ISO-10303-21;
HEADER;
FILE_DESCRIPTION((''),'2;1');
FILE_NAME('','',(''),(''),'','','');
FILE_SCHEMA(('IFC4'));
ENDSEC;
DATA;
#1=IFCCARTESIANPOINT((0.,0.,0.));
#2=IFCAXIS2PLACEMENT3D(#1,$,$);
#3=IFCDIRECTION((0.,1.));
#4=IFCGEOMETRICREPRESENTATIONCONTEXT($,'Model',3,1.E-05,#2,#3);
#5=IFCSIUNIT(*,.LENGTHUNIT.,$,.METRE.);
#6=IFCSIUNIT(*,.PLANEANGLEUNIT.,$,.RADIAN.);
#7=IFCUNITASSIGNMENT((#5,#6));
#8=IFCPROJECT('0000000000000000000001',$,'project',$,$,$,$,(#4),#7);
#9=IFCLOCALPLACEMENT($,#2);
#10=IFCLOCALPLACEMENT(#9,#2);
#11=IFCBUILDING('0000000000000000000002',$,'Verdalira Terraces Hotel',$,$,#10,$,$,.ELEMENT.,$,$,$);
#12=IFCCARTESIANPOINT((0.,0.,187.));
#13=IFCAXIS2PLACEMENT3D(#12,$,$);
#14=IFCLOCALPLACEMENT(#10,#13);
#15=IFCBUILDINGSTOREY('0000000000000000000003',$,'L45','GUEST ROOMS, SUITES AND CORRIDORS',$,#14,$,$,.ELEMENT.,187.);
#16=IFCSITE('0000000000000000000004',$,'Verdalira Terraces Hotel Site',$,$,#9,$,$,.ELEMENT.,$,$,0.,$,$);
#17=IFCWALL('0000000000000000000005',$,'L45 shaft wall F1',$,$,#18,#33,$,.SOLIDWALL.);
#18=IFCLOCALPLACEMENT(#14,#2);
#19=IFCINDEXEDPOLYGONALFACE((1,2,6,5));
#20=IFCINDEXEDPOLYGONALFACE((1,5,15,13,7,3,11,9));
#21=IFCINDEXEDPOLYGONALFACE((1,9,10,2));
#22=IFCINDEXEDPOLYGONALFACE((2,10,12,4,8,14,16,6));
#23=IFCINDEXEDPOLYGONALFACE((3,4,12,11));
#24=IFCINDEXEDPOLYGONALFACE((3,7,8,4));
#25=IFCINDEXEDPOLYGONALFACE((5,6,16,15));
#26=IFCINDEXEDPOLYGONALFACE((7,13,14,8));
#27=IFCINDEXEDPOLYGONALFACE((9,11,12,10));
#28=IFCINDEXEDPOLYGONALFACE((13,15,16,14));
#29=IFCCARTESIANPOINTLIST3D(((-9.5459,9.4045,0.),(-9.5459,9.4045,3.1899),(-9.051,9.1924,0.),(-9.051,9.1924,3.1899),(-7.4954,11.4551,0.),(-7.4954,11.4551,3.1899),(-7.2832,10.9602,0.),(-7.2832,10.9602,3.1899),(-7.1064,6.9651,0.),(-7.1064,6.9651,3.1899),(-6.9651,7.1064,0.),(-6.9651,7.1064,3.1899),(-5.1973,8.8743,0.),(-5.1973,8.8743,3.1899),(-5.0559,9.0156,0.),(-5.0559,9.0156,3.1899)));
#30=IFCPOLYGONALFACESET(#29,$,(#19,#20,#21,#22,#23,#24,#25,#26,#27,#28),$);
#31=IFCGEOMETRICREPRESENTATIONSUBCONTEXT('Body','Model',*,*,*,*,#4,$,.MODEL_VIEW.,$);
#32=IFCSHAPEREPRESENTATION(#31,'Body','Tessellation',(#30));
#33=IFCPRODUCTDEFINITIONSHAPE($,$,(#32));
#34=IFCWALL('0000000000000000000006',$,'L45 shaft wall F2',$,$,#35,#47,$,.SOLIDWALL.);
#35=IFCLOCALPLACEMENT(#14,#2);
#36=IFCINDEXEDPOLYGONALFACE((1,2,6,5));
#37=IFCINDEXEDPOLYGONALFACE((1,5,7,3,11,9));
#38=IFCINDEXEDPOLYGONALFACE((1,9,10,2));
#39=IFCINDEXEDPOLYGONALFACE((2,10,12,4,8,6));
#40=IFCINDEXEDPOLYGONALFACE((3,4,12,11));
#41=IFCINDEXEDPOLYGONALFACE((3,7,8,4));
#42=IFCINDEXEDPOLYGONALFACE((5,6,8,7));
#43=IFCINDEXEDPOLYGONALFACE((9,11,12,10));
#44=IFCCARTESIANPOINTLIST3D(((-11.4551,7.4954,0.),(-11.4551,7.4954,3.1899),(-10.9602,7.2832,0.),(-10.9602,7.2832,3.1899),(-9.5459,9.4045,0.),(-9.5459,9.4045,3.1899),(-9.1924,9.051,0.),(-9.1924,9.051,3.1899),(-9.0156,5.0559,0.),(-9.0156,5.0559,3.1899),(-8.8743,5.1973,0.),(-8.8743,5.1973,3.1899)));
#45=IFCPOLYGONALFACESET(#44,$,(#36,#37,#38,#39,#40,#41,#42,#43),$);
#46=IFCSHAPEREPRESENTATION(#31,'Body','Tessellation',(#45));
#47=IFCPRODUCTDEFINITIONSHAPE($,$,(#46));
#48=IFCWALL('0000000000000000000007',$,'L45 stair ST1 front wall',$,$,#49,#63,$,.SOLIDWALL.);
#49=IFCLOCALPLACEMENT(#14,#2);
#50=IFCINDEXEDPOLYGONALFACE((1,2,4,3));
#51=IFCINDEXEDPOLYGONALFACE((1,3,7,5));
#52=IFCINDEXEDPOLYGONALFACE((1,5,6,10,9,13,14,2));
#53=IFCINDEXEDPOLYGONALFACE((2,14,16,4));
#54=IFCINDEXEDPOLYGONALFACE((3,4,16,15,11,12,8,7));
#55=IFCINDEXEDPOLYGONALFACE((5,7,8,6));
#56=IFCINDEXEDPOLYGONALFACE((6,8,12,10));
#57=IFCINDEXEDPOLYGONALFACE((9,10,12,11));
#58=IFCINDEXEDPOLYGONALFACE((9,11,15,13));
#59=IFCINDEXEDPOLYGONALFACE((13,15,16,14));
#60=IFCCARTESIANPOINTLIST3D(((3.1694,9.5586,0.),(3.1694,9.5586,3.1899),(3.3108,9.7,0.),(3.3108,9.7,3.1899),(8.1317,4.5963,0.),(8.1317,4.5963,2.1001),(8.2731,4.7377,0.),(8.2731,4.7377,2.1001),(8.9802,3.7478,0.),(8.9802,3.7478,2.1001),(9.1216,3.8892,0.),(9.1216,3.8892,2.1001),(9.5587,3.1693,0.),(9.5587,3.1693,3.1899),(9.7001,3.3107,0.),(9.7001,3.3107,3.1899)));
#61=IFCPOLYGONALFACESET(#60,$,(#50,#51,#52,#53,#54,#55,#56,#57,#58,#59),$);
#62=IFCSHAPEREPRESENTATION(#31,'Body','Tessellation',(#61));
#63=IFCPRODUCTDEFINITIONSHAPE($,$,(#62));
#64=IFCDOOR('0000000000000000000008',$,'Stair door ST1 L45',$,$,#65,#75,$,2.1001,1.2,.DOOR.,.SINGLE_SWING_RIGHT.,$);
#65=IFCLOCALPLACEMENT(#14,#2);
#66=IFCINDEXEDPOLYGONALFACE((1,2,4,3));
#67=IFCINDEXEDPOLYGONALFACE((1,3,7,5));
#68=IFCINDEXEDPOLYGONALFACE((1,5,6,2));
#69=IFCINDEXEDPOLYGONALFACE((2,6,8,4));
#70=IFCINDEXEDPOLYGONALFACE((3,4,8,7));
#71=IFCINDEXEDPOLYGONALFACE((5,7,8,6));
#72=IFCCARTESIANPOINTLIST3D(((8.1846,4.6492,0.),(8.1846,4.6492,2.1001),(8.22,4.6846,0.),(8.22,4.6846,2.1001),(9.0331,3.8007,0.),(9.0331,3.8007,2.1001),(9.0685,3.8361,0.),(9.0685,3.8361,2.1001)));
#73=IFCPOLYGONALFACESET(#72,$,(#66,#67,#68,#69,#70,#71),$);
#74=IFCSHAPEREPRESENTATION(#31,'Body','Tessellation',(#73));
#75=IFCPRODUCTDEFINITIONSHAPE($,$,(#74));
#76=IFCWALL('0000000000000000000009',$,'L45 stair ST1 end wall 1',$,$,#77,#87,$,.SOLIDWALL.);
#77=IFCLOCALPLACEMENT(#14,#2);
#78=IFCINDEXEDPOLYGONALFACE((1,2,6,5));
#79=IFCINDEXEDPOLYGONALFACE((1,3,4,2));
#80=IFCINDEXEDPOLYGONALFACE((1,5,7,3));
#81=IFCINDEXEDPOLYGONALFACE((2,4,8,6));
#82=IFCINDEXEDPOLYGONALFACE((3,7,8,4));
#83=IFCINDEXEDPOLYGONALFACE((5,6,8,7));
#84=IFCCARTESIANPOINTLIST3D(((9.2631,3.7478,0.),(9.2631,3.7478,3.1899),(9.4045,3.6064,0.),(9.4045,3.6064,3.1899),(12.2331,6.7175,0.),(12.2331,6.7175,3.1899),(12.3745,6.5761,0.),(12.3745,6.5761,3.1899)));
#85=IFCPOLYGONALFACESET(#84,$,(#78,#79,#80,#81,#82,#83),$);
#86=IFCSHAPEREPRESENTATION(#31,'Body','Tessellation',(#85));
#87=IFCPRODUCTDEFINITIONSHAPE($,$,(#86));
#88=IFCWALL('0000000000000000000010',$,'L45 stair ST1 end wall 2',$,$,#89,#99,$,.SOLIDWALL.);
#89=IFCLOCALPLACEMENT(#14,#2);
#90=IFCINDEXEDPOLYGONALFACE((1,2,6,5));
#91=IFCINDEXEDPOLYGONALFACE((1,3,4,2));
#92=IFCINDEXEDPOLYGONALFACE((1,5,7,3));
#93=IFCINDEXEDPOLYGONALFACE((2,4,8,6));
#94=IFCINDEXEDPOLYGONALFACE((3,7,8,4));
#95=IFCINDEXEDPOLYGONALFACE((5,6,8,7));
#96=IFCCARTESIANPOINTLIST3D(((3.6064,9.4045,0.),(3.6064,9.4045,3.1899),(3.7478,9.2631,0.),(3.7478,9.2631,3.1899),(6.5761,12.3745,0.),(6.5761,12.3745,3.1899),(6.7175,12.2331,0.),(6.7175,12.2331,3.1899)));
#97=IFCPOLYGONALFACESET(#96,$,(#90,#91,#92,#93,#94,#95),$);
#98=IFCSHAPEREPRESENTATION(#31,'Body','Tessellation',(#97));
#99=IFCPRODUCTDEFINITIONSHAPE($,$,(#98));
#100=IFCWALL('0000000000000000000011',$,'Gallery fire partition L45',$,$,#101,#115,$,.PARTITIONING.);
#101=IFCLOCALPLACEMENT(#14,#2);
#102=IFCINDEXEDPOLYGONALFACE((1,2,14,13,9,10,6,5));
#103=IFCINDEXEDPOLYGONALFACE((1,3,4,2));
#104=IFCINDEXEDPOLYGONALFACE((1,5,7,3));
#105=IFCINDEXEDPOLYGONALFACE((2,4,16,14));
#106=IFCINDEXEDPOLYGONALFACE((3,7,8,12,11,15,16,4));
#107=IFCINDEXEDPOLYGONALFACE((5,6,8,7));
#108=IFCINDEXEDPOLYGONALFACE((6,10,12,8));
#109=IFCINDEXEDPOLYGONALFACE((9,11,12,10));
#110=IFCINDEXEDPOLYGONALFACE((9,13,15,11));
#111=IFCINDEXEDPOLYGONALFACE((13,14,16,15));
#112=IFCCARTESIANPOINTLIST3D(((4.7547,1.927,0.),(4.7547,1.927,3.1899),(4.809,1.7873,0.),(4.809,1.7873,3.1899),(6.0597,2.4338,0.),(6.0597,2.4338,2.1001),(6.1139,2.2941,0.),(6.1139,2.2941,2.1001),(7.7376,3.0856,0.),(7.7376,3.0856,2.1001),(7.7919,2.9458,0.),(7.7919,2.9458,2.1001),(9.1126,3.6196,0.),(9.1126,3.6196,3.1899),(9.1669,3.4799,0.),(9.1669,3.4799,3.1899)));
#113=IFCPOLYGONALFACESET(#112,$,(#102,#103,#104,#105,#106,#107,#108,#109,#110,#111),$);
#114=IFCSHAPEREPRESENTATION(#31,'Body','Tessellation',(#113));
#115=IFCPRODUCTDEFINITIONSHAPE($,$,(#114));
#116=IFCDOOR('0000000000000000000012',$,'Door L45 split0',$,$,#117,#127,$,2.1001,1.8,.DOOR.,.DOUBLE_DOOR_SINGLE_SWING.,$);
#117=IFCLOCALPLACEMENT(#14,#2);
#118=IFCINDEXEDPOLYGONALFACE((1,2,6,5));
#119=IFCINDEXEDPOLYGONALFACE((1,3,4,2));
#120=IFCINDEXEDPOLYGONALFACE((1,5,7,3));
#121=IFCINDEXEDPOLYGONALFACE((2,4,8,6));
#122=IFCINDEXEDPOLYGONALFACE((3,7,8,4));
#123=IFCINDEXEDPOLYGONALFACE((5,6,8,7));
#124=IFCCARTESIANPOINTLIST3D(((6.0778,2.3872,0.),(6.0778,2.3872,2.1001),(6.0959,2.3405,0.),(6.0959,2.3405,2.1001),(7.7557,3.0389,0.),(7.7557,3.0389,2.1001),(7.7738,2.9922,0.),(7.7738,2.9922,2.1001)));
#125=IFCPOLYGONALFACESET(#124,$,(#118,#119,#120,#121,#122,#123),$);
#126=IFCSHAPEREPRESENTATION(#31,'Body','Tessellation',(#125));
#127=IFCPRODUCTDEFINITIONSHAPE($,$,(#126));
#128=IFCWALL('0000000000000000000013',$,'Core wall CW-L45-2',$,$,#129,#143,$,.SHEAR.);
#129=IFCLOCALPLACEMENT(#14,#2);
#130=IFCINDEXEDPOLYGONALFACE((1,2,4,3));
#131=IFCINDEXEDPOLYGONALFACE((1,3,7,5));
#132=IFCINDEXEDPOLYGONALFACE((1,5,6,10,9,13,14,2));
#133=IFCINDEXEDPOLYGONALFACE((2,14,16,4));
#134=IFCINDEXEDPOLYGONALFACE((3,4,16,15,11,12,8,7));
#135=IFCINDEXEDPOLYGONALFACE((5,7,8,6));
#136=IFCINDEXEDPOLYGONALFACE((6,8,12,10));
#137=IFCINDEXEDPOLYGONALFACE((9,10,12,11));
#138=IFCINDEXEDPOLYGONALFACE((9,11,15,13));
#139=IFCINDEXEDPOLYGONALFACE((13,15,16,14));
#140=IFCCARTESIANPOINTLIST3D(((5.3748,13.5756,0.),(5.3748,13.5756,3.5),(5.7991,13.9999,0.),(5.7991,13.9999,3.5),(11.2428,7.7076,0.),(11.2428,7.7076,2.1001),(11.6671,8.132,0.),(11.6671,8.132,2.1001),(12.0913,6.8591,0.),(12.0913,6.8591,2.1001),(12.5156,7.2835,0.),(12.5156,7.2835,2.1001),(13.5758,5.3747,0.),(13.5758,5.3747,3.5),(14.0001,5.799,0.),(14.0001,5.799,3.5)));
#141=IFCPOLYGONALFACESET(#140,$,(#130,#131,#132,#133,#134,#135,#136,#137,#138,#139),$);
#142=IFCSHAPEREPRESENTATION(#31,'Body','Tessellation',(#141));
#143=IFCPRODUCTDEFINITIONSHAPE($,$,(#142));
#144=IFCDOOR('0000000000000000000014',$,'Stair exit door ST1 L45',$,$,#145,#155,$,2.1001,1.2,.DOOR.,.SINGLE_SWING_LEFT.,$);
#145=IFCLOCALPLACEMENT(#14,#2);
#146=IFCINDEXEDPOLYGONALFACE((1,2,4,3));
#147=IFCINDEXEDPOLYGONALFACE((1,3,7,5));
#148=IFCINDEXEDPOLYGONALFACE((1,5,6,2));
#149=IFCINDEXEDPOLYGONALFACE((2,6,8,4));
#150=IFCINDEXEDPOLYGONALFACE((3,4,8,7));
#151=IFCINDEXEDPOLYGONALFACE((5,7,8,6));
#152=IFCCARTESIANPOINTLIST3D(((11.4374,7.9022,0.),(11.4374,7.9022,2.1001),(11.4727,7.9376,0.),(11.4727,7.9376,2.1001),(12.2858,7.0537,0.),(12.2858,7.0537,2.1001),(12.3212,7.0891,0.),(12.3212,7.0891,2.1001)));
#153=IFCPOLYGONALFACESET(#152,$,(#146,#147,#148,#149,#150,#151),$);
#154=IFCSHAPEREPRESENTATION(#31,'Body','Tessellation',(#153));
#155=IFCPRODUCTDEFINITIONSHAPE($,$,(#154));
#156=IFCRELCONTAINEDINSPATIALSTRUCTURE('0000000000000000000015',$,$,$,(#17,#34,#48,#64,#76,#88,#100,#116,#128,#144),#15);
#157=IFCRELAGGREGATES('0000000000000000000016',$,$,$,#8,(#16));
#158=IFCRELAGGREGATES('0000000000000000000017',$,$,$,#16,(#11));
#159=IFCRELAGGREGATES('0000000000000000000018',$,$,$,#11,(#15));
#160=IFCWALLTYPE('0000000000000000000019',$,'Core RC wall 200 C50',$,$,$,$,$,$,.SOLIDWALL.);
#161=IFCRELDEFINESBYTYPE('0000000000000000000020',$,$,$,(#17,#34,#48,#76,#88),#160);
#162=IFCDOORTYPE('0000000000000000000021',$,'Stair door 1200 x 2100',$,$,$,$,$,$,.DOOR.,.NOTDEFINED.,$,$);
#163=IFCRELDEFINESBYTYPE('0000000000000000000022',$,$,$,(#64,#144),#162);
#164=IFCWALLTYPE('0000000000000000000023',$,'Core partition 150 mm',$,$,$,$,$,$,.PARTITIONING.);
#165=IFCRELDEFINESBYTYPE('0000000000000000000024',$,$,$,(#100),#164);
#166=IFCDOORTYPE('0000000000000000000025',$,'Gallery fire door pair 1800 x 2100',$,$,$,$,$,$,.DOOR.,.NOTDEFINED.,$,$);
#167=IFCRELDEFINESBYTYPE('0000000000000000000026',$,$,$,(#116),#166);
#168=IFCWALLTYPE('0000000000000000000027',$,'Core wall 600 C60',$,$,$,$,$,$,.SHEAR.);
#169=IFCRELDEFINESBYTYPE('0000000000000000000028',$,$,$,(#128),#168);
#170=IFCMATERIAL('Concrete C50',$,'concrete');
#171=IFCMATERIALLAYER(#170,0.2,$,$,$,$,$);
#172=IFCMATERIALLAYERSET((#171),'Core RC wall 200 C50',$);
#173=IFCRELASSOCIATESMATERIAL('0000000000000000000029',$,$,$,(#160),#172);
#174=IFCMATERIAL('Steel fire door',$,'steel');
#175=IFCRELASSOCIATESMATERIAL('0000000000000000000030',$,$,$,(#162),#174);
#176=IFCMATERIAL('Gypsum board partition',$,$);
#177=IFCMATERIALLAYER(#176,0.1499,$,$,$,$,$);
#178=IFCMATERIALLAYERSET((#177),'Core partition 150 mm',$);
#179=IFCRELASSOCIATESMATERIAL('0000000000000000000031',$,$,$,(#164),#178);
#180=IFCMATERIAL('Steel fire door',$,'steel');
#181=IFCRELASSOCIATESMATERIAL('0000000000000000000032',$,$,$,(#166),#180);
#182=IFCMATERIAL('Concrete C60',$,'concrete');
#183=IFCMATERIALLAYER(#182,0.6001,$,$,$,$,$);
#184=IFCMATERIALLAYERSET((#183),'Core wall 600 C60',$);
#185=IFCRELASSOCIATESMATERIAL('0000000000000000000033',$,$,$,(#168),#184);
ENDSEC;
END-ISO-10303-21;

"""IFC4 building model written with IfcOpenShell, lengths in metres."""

from ifc_helpers import new_model, si_unit, direction, frame, frame_2d, origin, place, context, subcontext, project, spatial, polyline, rectangle, outline, extrude, material, layer, layer_set, type_object, element, fill, save


model = new_model("IFC4")

# Units and contexts
model_context = context("Model", 3, precision=1e-05, world=origin(), true_north=direction((0.0, 1.0)))
body_context = subcontext(model_context, "Body", "Model", "MODEL_VIEW")
ifc_project = project(units=[si_unit("LENGTHUNIT", "METRE"), si_unit("PLANEANGLEUNIT", "RADIAN")], contexts=[model_context])

# Site, building, storey
site_placement = place(None, origin())
site = spatial("IfcSite", under=ifc_project, at=site_placement, Name="Verdalira Terraces Hotel Site", CompositionType="ELEMENT", RefElevation=0.0)
building_placement = place(site_placement, origin())
building = spatial("IfcBuilding", under=site, at=building_placement, Name="Verdalira Terraces Hotel", CompositionType="ELEMENT")
storey_placement = place(building_placement, frame((0.0, 0.0, 187.0)))
storey = spatial("IfcBuildingStorey", under=building, at=storey_placement, Name="L45", Description="GUEST ROOMS, SUITES AND CORRIDORS", CompositionType="ELEMENT", Elevation=187.0)

# Shared definitions
ifc_material_1 = material(Name="Concrete C50", Category="concrete")
ifc_layer_1 = layer(ifc_material_1, 0.2)
ifc_layer_set_1 = layer_set([ifc_layer_1], Name="Core RC wall 200 C50")
wall_type_1 = type_object("IfcWallType", Name="Core RC wall 200 C50", PredefinedType="SOLIDWALL", material=ifc_layer_set_1)

# Walls
wall_1_placement = place(storey_placement, origin())
element("IfcWall", 1, at=wall_1_placement, inside=storey, type_object=wall_type_1, Name="L45 shaft wall F1", PredefinedType="SOLIDWALL", context=body_context, shape_type="SweptSolid", body=[
    extrude(outline(polyline([(-9.5459, 9.4045), (-7.4954, 11.4551), (-5.0559, 9.0156), (-5.1973, 8.8743), (-7.2832, 10.9602), (-9.051, 9.1924), (-6.9651, 7.1064), (-7.1064, 6.9651), (-9.5459, 9.4045)])), origin(), (0.0, 0.0, 1.0), 3.1899),
])
wall_2_placement = place(storey_placement, origin())
element("IfcWall", 2, at=wall_2_placement, inside=storey, type_object=wall_type_1, Name="L45 shaft wall F2", PredefinedType="SOLIDWALL", context=body_context, shape_type="SweptSolid", body=[
    extrude(outline(polyline([(-11.4551, 7.4954), (-9.5459, 9.4045), (-9.1924, 9.051), (-10.9602, 7.2832), (-8.8743, 5.1973), (-9.0156, 5.0559), (-11.4551, 7.4954)])), origin(), (0.0, 0.0, 1.0), 3.1899),
])

# Wall, opening, door
wall_3_placement = place(storey_placement, frame((3.24, 9.6294, 0.0), z_axis=(0.0, 0.0, 1.0), x_axis=(0.707107, -0.707107, 0.0)))
wall_3 = element("IfcWall", 3, at=wall_3_placement, inside=storey, type_object=wall_type_1, Name="L45 stair ST1 front wall", PredefinedType="SOLIDWALL", context=body_context, shape_type="SweptSolid", body=[
    extrude(rectangle(XDim=9.0359, YDim=0.2, at=frame_2d((4.5181, 0.0))), origin(), (0.0, 0.0, 1.0), 3.1899),
])
opening_1_placement = place(wall_3_placement, frame((7.0178, 0.0, 0.0)))
opening_1 = element("IfcOpeningElement", 4, at=opening_1_placement, cuts=wall_3, PredefinedType="OPENING", context=body_context, shape_type="SweptSolid", body=[
    extrude(rectangle(XDim=1.2, YDim=2.1001, at=frame_2d((0.6001, 1.05))), frame((0.0, 0.1099, 0.0), z_axis=(0.0, -1.0, 0.0), x_axis=(1.0, 0.0, 0.0)), (0.0, 0.0, 1.0), 0.22),
])
ifc_material_2 = material(Name="Steel fire door", Category="steel")
door_type_1 = type_object("IfcDoorType", Name="Stair door 1200 x 2100", OperationType="NOTDEFINED", PredefinedType="DOOR", material=ifc_material_2)
door_1_placement = place(opening_1_placement, origin())
door_1 = element("IfcDoor", 5, at=door_1_placement, inside=storey, type_object=door_type_1, Name="Stair door ST1 L45", OperationType="SINGLE_SWING_RIGHT", OverallHeight=2.1001, OverallWidth=1.2, PredefinedType="DOOR", context=body_context, shape_type="SweptSolid", body=[
    extrude(rectangle(XDim=1.2, YDim=2.1001, at=frame_2d((0.6001, 1.05))), frame((0.0, 0.0249, 0.0), z_axis=(0.0, -1.0, 0.0), x_axis=(1.0, 0.0, 0.0)), (0.0, 0.0, 1.0), 0.05),
])
fill(opening_1, door_1)

# Walls
for number, where, z_axis, x_axis, name in (
    (6, (9.3337, 3.677, 0.0), (0.0, 0.0, 1.0), (0.707136, 0.707078, 0.0), "L45 stair ST1 end wall 1"),
    (7, (3.677, 9.3337, 0.0), (0.0, 0.0, 1.0), (0.707078, 0.707136, 0.0), "L45 stair ST1 end wall 2"),
):
    element("IfcWall", number, at=place(storey_placement, frame(where, z_axis=z_axis, x_axis=x_axis)), inside=storey, type_object=wall_type_1, Name=name, PredefinedType="SOLIDWALL", context=body_context, shape_type="SweptSolid", body=[
        extrude(rectangle(XDim=4.2, YDim=0.2, at=frame_2d((2.1001, 0.0))), origin(), (0.0, 0.0, 1.0), 3.1899),
    ])

# Walls, openings, doors
ifc_material_3 = material(Name="Gypsum board partition")
ifc_layer_2 = layer(ifc_material_3, 0.1499)
ifc_layer_set_2 = layer_set([ifc_layer_2], Name="Core partition 150 mm")
wall_type_2 = type_object("IfcWallType", Name="Core partition 150 mm", PredefinedType="PARTITIONING", material=ifc_layer_set_2)
wall_4_placement = place(storey_placement, frame((4.782, 1.8572, 0.0), z_axis=(0.0, 0.0, 1.0), x_axis=(0.932157, 0.362053, 0.0)))
wall_4 = element("IfcWall", 8, at=wall_4_placement, inside=storey, type_object=wall_type_2, Name="Gallery fire partition L45", PredefinedType="PARTITIONING", context=body_context, shape_type="SweptSolid", body=[
    extrude(rectangle(XDim=4.675, YDim=0.1499, at=frame_2d((2.3374, 0.0))), origin(), (0.0, 0.0, 1.0), 3.1899),
])
opening_2_placement = place(wall_4_placement, frame((1.3999, 0.0, 0.0)))
opening_2 = element("IfcOpeningElement", 9, at=opening_2_placement, cuts=wall_4, PredefinedType="OPENING", context=body_context, shape_type="SweptSolid", body=[
    extrude(rectangle(XDim=1.8, YDim=2.1001, at=frame_2d((0.8999, 1.05))), frame((0.0, 0.085, 0.0), z_axis=(0.0, -1.0, 0.0), x_axis=(1.0, 0.0, 0.0)), (0.0, 0.0, 1.0), 0.1699),
])
ifc_material_4 = material(Name="Steel fire door", Category="steel")
door_type_2 = type_object("IfcDoorType", Name="Gallery fire door pair 1800 x 2100", OperationType="NOTDEFINED", PredefinedType="DOOR", material=ifc_material_4)
door_2_placement = place(opening_2_placement, origin())
door_2 = element("IfcDoor", 10, at=door_2_placement, inside=storey, type_object=door_type_2, Name="Door L45 split0", OperationType="DOUBLE_DOOR_SINGLE_SWING", OverallHeight=2.1001, OverallWidth=1.8, PredefinedType="DOOR", context=body_context, shape_type="SweptSolid", body=[
    extrude(rectangle(XDim=1.8, YDim=2.1001, at=frame_2d((0.8999, 1.05))), frame((0.0, 0.0249, 0.0), z_axis=(0.0, -1.0, 0.0), x_axis=(1.0, 0.0, 0.0)), (0.0, 0.0, 1.0), 0.05),
])
fill(opening_2, door_2)
ifc_material_5 = material(Name="Concrete C60", Category="concrete")
ifc_layer_3 = layer(ifc_material_5, 0.6001)
ifc_layer_set_3 = layer_set([ifc_layer_3], Name="Core wall 600 C60")
wall_type_3 = type_object("IfcWallType", Name="Core wall 600 C60", PredefinedType="SHEAR", material=ifc_layer_set_3)
wall_5_placement = place(storey_placement, frame((13.7878, 5.5869, 0.0), z_axis=(0.0, 0.0, 1.0), x_axis=(-0.707107, 0.707107, 0.0)))
wall_5 = element("IfcWall", 11, at=wall_5_placement, inside=storey, type_object=wall_type_3, Name="Core wall CW-L45-2", PredefinedType="SHEAR", context=body_context, shape_type="SweptSolid", body=[
    extrude(rectangle(XDim=11.5979, YDim=0.6001, at=frame_2d((5.7988, 0.0))), origin(), (0.0, 0.0, 1.0), 3.5),
])
opening_3_placement = place(wall_5_placement, frame((2.0991, 0.0, 0.0)))
opening_3 = element("IfcOpeningElement", 12, at=opening_3_placement, cuts=wall_5, PredefinedType="OPENING", context=body_context, shape_type="SweptSolid", body=[
    extrude(rectangle(XDim=1.2, YDim=2.1001, at=frame_2d((0.6001, 1.05))), frame((0.0, 0.3101, 0.0), z_axis=(0.0, -1.0, 0.0), x_axis=(1.0, 0.0, 0.0)), (0.0, 0.0, 1.0), 0.6201),
])
door_3_placement = place(opening_3_placement, origin())
door_3 = element("IfcDoor", 13, at=door_3_placement, inside=storey, type_object=door_type_1, Name="Stair exit door ST1 L45", OperationType="SINGLE_SWING_LEFT", OverallHeight=2.1001, OverallWidth=1.2, PredefinedType="DOOR", context=body_context, shape_type="SweptSolid", body=[
    extrude(rectangle(XDim=1.2, YDim=2.1001, at=frame_2d((0.6001, 1.05))), frame((0.0, 0.0249, 0.0), z_axis=(0.0, -1.0, 0.0), x_axis=(1.0, 0.0, 0.0)), (0.0, 0.0, 1.0), 0.05),
])
fill(opening_3, door_3)

save(model, "model.ifc")
